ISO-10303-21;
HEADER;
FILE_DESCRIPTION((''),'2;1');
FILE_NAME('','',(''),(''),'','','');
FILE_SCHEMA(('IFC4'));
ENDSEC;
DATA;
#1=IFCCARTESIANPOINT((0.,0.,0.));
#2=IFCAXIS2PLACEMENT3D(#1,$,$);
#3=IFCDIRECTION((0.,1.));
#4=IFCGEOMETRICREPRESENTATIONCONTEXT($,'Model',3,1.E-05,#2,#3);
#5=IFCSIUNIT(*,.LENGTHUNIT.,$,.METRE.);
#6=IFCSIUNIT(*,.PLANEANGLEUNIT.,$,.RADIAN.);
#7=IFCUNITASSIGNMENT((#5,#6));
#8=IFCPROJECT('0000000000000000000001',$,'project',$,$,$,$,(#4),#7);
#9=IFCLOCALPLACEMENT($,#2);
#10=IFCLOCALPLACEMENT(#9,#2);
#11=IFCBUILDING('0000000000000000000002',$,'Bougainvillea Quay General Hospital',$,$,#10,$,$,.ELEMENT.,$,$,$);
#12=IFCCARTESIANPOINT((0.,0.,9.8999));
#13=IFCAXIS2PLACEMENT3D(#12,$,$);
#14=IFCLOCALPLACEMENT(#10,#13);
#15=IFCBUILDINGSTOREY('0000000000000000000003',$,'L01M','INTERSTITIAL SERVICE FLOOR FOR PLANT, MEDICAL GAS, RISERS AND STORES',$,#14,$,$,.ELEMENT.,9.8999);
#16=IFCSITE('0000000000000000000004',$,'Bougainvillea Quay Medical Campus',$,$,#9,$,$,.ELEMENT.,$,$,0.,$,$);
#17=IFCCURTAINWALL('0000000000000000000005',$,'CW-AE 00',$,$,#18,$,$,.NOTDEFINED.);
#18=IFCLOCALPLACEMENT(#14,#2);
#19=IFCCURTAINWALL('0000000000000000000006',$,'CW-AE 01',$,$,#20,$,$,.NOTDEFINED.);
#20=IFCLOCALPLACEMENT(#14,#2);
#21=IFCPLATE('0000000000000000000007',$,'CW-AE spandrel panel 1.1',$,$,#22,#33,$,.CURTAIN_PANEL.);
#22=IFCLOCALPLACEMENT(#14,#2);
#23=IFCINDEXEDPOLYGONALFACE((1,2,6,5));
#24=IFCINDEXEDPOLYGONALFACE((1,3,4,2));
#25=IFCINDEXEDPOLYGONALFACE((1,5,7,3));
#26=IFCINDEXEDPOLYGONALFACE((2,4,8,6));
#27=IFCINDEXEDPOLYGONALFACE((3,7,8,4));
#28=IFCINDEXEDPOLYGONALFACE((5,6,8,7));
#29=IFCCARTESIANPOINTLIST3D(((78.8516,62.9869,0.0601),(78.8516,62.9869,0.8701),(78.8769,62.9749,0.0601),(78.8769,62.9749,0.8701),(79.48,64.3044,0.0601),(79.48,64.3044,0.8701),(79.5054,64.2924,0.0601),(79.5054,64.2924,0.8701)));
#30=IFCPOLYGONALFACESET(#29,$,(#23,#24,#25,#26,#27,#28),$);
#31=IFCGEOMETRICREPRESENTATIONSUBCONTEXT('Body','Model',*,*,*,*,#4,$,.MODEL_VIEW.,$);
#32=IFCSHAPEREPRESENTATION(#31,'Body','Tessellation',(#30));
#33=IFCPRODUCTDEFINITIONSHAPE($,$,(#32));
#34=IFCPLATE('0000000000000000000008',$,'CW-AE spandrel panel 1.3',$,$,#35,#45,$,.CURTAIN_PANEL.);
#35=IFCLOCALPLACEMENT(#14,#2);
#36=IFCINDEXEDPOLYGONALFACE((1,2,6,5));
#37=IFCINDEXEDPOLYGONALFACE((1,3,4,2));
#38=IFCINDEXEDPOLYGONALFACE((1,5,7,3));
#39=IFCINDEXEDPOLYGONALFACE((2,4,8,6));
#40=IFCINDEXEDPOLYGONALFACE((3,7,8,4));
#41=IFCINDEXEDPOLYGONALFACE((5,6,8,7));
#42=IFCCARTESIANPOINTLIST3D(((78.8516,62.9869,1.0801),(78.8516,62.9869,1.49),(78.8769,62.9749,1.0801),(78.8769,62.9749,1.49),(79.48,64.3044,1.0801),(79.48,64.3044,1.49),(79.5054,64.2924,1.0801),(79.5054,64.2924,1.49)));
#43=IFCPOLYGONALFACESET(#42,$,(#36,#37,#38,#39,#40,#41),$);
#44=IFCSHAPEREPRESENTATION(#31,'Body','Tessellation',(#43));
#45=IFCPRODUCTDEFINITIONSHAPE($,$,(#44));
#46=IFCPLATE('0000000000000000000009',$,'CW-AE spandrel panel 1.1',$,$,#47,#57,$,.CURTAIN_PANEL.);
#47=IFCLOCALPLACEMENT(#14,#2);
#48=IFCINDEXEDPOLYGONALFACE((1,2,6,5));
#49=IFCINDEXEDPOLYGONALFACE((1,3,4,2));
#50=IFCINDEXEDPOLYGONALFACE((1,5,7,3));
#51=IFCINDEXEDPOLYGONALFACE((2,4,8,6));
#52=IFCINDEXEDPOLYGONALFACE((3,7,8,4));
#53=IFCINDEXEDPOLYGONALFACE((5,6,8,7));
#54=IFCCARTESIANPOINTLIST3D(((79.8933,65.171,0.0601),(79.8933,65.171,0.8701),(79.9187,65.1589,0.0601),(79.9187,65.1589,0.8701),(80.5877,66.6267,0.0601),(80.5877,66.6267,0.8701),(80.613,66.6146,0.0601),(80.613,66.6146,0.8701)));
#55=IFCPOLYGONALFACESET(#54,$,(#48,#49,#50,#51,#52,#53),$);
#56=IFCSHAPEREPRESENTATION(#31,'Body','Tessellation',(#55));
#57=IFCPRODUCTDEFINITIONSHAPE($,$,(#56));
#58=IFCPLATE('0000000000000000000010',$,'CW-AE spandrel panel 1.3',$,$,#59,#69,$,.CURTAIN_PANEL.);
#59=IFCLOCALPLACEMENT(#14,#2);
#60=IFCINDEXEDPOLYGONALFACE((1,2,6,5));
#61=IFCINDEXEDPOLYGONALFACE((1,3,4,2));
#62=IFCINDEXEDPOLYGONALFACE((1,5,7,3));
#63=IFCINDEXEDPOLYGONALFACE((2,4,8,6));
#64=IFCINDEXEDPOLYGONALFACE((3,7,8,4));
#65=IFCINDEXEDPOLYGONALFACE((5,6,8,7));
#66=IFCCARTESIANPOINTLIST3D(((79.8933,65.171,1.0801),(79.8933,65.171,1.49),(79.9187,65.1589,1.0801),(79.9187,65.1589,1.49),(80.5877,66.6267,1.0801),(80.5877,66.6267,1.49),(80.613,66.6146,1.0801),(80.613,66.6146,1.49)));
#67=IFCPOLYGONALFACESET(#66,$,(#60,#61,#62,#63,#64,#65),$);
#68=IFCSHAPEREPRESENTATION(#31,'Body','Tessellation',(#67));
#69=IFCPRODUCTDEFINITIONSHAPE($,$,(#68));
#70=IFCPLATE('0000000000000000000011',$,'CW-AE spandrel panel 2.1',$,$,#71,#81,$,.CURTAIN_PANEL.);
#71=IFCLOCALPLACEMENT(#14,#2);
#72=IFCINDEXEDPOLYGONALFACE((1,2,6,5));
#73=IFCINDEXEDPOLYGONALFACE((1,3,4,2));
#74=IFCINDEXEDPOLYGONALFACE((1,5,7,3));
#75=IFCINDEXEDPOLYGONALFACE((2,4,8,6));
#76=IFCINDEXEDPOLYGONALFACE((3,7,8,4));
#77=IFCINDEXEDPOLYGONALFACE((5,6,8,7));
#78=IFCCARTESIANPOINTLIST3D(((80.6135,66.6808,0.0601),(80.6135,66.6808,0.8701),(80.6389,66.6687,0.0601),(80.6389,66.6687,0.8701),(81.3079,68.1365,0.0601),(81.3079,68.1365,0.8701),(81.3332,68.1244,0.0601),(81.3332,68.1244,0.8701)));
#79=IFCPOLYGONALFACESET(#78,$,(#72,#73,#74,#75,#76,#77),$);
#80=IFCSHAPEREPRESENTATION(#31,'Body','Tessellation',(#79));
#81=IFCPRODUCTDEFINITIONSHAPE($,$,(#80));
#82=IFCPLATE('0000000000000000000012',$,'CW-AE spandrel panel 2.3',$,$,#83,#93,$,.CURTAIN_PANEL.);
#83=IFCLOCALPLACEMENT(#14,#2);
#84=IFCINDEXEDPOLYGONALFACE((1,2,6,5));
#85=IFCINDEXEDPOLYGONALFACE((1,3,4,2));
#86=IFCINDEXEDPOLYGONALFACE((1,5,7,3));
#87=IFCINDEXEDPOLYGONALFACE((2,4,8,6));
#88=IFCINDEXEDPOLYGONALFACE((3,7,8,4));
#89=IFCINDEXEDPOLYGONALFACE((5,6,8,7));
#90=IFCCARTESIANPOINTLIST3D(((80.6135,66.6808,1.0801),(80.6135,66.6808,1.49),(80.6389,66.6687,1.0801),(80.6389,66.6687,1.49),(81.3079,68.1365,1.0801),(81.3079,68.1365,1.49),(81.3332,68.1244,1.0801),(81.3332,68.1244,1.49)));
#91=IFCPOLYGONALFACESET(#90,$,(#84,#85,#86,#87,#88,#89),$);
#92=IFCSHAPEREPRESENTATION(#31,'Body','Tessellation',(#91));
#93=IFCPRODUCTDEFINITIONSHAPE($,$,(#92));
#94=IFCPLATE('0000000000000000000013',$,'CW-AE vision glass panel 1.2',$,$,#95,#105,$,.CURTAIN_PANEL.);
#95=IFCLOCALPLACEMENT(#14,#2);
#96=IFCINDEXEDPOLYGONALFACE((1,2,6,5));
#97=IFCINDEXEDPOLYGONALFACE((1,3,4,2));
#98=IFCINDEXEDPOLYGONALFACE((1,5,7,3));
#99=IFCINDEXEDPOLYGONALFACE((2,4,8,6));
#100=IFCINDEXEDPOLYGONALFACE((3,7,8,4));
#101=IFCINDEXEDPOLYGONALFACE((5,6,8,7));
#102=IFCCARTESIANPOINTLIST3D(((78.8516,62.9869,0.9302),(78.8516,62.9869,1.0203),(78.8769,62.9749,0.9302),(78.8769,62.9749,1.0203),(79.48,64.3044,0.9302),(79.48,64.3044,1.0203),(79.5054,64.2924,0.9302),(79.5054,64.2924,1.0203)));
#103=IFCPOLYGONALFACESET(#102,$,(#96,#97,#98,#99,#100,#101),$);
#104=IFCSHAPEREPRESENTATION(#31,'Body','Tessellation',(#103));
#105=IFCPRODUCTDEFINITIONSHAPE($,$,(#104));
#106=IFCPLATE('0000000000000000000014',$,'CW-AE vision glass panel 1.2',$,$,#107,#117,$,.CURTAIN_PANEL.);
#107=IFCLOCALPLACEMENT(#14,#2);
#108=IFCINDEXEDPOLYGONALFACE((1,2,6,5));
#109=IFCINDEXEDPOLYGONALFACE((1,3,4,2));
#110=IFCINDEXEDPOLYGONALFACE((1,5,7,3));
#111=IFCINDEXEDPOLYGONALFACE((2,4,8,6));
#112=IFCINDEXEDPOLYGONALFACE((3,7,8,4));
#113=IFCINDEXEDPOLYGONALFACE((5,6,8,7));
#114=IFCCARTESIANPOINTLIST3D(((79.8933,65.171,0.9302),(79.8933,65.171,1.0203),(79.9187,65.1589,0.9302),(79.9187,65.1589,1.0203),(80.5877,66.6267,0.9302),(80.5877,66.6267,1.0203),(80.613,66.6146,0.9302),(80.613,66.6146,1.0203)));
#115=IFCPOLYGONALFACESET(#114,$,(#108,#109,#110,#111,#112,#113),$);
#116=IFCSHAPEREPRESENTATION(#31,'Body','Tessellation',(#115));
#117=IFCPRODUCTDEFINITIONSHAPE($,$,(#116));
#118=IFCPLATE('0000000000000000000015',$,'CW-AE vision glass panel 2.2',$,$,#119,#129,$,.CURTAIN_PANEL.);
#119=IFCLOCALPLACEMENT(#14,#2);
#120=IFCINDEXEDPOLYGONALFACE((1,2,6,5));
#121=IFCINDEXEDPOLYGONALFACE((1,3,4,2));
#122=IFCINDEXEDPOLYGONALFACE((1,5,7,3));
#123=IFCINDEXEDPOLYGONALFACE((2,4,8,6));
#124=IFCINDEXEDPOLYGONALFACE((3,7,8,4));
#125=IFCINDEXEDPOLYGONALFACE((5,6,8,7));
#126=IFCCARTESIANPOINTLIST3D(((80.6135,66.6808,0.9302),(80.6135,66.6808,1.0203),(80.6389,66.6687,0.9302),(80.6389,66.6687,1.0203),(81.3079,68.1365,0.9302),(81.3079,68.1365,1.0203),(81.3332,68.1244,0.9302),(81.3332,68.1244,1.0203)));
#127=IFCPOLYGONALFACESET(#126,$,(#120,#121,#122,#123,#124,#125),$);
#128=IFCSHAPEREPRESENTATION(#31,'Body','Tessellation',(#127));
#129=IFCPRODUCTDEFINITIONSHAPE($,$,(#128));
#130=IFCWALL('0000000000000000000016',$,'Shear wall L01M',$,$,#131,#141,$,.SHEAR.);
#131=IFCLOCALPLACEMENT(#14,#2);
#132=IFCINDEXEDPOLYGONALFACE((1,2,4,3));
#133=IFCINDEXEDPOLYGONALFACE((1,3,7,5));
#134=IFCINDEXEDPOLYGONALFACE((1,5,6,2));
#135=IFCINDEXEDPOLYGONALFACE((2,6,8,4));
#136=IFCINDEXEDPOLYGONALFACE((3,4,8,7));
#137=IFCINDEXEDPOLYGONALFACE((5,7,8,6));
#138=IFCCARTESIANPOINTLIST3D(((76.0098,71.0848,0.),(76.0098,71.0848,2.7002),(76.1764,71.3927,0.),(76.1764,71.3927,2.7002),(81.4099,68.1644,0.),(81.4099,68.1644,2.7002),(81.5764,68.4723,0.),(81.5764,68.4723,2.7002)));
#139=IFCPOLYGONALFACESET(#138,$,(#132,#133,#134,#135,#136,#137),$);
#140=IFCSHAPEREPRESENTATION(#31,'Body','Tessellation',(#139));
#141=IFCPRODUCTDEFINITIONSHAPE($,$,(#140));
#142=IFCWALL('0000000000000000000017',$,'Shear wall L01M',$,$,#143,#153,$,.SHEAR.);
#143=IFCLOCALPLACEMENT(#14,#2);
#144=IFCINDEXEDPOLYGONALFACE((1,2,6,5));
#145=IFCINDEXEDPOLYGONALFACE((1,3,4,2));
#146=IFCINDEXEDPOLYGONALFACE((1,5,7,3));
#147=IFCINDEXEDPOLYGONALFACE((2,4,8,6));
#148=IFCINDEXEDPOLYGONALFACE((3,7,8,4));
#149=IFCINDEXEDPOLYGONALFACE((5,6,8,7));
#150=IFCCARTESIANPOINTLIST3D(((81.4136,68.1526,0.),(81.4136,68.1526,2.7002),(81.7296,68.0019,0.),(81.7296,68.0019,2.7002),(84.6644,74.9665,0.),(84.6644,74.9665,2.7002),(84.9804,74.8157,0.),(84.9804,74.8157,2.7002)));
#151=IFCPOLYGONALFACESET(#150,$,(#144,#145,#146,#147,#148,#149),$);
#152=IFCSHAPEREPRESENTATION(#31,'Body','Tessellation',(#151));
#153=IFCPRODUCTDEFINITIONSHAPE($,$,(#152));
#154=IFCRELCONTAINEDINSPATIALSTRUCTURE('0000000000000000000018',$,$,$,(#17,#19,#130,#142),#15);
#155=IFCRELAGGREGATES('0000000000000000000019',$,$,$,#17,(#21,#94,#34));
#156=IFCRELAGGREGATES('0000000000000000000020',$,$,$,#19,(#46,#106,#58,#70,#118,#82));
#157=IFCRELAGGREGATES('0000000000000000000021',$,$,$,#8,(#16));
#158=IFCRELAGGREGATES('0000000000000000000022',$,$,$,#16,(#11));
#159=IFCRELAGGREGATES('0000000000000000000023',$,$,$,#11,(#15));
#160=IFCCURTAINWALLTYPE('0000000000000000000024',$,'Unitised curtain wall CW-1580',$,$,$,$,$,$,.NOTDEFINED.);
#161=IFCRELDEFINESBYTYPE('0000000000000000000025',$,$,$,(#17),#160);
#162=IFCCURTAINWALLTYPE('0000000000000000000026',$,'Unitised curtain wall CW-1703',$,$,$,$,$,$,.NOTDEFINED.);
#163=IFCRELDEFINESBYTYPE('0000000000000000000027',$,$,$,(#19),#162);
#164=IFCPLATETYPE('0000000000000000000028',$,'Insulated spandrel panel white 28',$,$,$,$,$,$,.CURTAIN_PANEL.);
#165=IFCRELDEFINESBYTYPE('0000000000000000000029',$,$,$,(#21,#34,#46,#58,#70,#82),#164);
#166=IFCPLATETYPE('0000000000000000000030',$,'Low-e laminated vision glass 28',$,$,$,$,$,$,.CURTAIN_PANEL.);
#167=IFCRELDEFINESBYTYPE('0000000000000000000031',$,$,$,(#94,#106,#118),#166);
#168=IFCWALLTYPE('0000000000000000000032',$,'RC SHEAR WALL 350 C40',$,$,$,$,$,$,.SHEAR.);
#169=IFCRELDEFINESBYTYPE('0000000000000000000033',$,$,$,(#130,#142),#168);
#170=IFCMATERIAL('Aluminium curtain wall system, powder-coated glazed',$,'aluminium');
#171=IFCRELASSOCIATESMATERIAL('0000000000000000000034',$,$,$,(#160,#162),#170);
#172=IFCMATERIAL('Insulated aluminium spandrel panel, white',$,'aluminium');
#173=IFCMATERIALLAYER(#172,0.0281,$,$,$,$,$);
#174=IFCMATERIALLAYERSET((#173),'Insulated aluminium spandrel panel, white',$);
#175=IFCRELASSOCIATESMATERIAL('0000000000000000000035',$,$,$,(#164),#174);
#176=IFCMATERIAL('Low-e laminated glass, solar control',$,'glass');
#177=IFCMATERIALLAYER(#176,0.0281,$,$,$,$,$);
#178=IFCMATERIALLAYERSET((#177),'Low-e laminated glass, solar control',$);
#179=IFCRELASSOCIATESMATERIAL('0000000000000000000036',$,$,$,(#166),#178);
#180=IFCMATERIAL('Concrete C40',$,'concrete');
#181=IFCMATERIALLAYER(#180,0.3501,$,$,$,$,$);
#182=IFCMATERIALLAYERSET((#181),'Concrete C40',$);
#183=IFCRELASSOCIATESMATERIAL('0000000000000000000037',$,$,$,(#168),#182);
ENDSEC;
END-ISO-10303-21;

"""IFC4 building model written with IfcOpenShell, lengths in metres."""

from ifc_helpers import new_model, si_unit, direction, frame, frame_2d, origin, origin_2d, place, context, subcontext, project, spatial, rectangle, extrude, material, layer, layer_set, type_object, element, aggregate, save


model = new_model("IFC4")

# Units and contexts
model_context = context("Model", 3, precision=1e-05, world=origin(), true_north=direction((0.0, 1.0)))
body_context = subcontext(model_context, "Body", "Model", "MODEL_VIEW")
ifc_project = project(units=[si_unit("LENGTHUNIT", "METRE"), si_unit("PLANEANGLEUNIT", "RADIAN")], contexts=[model_context])

# Site, building, storey
site_placement = place(None, origin())
site = spatial("IfcSite", under=ifc_project, at=site_placement, Name="Bougainvillea Quay Medical Campus", CompositionType="ELEMENT", RefElevation=0.0)
building_placement = place(site_placement, origin())
building = spatial("IfcBuilding", under=site, at=building_placement, Name="Bougainvillea Quay General Hospital", CompositionType="ELEMENT")
storey_placement = place(building_placement, frame((0.0, 0.0, 9.8999)))
storey = spatial("IfcBuildingStorey", under=building, at=storey_placement, Name="L01M", Description="INTERSTITIAL SERVICE FLOOR FOR PLANT, MEDICAL GAS, RISERS AND STORES", CompositionType="ELEMENT", Elevation=9.8999)

# Curtain wall
ifc_material_1 = material(Name="Aluminium curtain wall system, powder-coated glazed", Category="aluminium")
curtain_wall_type_1 = type_object("IfcCurtainWallType", Name="Unitised curtain wall CW-1580", PredefinedType="NOTDEFINED", material=ifc_material_1)
curtain_wall_1_placement = place(storey_placement, origin())
curtain_wall_1 = element("IfcCurtainWall", 1, at=curtain_wall_1_placement, inside=storey, type_object=curtain_wall_type_1, Name="CW-AE 00", PredefinedType="NOTDEFINED")

# Curtain wall
curtain_wall_type_2 = type_object("IfcCurtainWallType", Name="Unitised curtain wall CW-1703", PredefinedType="NOTDEFINED", material=ifc_material_1)
curtain_wall_2_placement = place(storey_placement, origin())
curtain_wall_2 = element("IfcCurtainWall", 2, at=curtain_wall_2_placement, inside=storey, type_object=curtain_wall_type_2, Name="CW-AE 01", PredefinedType="NOTDEFINED")

# Plates
ifc_material_2 = material(Name="Insulated aluminium spandrel panel, white", Category="aluminium")
ifc_layer_1 = layer(ifc_material_2, 0.0281)
ifc_layer_set_1 = layer_set([ifc_layer_1], Name="Insulated aluminium spandrel panel, white")
plate_type_1 = type_object("IfcPlateType", Name="Insulated spandrel panel white 28", PredefinedType="CURTAIN_PANEL", material=ifc_layer_set_1)
plate_1_placement = place(storey_placement, frame((79.1785, 63.6396, 0.0601), z_axis=(0.0, 0.0, 1.0), x_axis=(0.430525, 0.902578, 0.0)))
plate_1 = element("IfcPlate", 3, at=plate_1_placement, type_object=plate_type_1, Name="CW-AE spandrel panel 1.1", PredefinedType="CURTAIN_PANEL", context=body_context, shape_type="SweptSolid", body=[
    extrude(rectangle(XDim=1.4597, YDim=0.0281, at=origin_2d()), origin(), (0.0, 0.0, 1.0), 0.8101),
])
plate_2_placement = place(storey_placement, frame((79.1785, 63.6396, 1.0801), z_axis=(0.0, 0.0, 1.0), x_axis=(0.430525, 0.902578, 0.0)))
plate_2 = element("IfcPlate", 4, at=plate_2_placement, type_object=plate_type_1, Name="CW-AE spandrel panel 1.3", PredefinedType="CURTAIN_PANEL", context=body_context, shape_type="SweptSolid", body=[
    extrude(rectangle(XDim=1.4597, YDim=0.0281, at=origin_2d()), origin(), (0.0, 0.0, 1.0), 0.4099),
])
plate_3_placement = place(storey_placement, frame((80.2532, 65.8928, 0.0601), z_axis=(0.0, 0.0, 1.0), x_axis=(0.430525, 0.902578, 0.0)))
plate_3 = element("IfcPlate", 5, at=plate_3_placement, type_object=plate_type_1, Name="CW-AE spandrel panel 1.1", PredefinedType="CURTAIN_PANEL", context=body_context, shape_type="SweptSolid", body=[
    extrude(rectangle(XDim=1.6128, YDim=0.0281, at=origin_2d()), origin(), (0.0, 0.0, 1.0), 0.8101),
])
plate_4_placement = place(storey_placement, frame((80.2532, 65.8928, 1.0801), z_axis=(0.0, 0.0, 1.0), x_axis=(0.430525, 0.902578, 0.0)))
plate_4 = element("IfcPlate", 6, at=plate_4_placement, type_object=plate_type_1, Name="CW-AE spandrel panel 1.3", PredefinedType="CURTAIN_PANEL", context=body_context, shape_type="SweptSolid", body=[
    extrude(rectangle(XDim=1.6128, YDim=0.0281, at=origin_2d()), origin(), (0.0, 0.0, 1.0), 0.4099),
])
plate_5_placement = place(storey_placement, frame((80.9734, 67.4026, 0.0601), z_axis=(0.0, 0.0, 1.0), x_axis=(0.430525, 0.902578, 0.0)))
plate_5 = element("IfcPlate", 7, at=plate_5_placement, type_object=plate_type_1, Name="CW-AE spandrel panel 2.1", PredefinedType="CURTAIN_PANEL", context=body_context, shape_type="SweptSolid", body=[
    extrude(rectangle(XDim=1.6128, YDim=0.0281, at=origin_2d()), origin(), (0.0, 0.0, 1.0), 0.8101),
])
plate_6_placement = place(storey_placement, frame((80.9734, 67.4026, 1.0801), z_axis=(0.0, 0.0, 1.0), x_axis=(0.430525, 0.902578, 0.0)))
plate_6 = element("IfcPlate", 8, at=plate_6_placement, type_object=plate_type_1, Name="CW-AE spandrel panel 2.3", PredefinedType="CURTAIN_PANEL", context=body_context, shape_type="SweptSolid", body=[
    extrude(rectangle(XDim=1.6128, YDim=0.0281, at=origin_2d()), origin(), (0.0, 0.0, 1.0), 0.4099),
])
ifc_material_3 = material(Name="Low-e laminated glass, solar control", Category="glass")
ifc_layer_2 = layer(ifc_material_3, 0.0281)
ifc_layer_set_2 = layer_set([ifc_layer_2], Name="Low-e laminated glass, solar control")
plate_type_2 = type_object("IfcPlateType", Name="Low-e laminated vision glass 28", PredefinedType="CURTAIN_PANEL", material=ifc_layer_set_2)
plate_7_placement = place(storey_placement, frame((79.1785, 63.6396, 0.9302), z_axis=(0.0, 0.0, 1.0), x_axis=(0.430525, 0.902578, 0.0)))
plate_7 = element("IfcPlate", 9, at=plate_7_placement, type_object=plate_type_2, Name="CW-AE vision glass panel 1.2", PredefinedType="CURTAIN_PANEL", context=body_context, shape_type="SweptSolid", body=[
    extrude(rectangle(XDim=1.4597, YDim=0.0281, at=origin_2d()), origin(), (0.0, 0.0, 1.0), 0.0901),
])
aggregate(curtain_wall_1, [plate_1, plate_7, plate_2])
plate_8_placement = place(storey_placement, frame((80.2532, 65.8928, 0.9302), z_axis=(0.0, 0.0, 1.0), x_axis=(0.430525, 0.902578, 0.0)))
plate_8 = element("IfcPlate", 10, at=plate_8_placement, type_object=plate_type_2, Name="CW-AE vision glass panel 1.2", PredefinedType="CURTAIN_PANEL", context=body_context, shape_type="SweptSolid", body=[
    extrude(rectangle(XDim=1.6128, YDim=0.0281, at=origin_2d()), origin(), (0.0, 0.0, 1.0), 0.0901),
])
plate_9_placement = place(storey_placement, frame((80.9734, 67.4026, 0.9302), z_axis=(0.0, 0.0, 1.0), x_axis=(0.430525, 0.902578, 0.0)))
plate_9 = element("IfcPlate", 11, at=plate_9_placement, type_object=plate_type_2, Name="CW-AE vision glass panel 2.2", PredefinedType="CURTAIN_PANEL", context=body_context, shape_type="SweptSolid", body=[
    extrude(rectangle(XDim=1.6128, YDim=0.0281, at=origin_2d()), origin(), (0.0, 0.0, 1.0), 0.0901),
])
aggregate(curtain_wall_2, [plate_3, plate_8, plate_4, plate_5, plate_9, plate_6])

# Walls
ifc_material_4 = material(Name="Concrete C40", Category="concrete")
ifc_layer_3 = layer(ifc_material_4, 0.3501)
ifc_layer_set_3 = layer_set([ifc_layer_3], Name="Concrete C40")
wall_type = type_object("IfcWallType", Name="RC SHEAR WALL 350 C40", PredefinedType="SHEAR", material=ifc_layer_set_3)
wall_1_placement = place(storey_placement, frame((81.4932, 68.3184, 0.0), z_axis=(0.0, 0.0, 1.0), x_axis=(-0.87961, 0.475695, 0.0)))
element("IfcWall", 12, at=wall_1_placement, inside=storey, type_object=wall_type, Name="Shear wall L01M", PredefinedType="SHEAR", context=body_context, shape_type="SweptSolid", body=[
    extrude(rectangle(XDim=6.1392, YDim=0.3501, at=frame_2d((3.0696, 0.0))), origin(), (0.0, 0.0, 1.0), 2.7002),
])
wall_2_placement = place(storey_placement, frame((81.5715, 68.0771, 0.0), z_axis=(0.0, 0.0, 1.0), x_axis=(0.430592, 0.902546, 0.0)))
element("IfcWall", 13, at=wall_2_placement, inside=storey, type_object=wall_type, Name="Shear wall L01M", PredefinedType="SHEAR", context=body_context, shape_type="SweptSolid", body=[
    extrude(rectangle(XDim=7.5496, YDim=0.3501, at=frame_2d((3.7749, 0.0))), origin(), (0.0, 0.0, 1.0), 2.7002),
])

save(model, "model.ifc")
